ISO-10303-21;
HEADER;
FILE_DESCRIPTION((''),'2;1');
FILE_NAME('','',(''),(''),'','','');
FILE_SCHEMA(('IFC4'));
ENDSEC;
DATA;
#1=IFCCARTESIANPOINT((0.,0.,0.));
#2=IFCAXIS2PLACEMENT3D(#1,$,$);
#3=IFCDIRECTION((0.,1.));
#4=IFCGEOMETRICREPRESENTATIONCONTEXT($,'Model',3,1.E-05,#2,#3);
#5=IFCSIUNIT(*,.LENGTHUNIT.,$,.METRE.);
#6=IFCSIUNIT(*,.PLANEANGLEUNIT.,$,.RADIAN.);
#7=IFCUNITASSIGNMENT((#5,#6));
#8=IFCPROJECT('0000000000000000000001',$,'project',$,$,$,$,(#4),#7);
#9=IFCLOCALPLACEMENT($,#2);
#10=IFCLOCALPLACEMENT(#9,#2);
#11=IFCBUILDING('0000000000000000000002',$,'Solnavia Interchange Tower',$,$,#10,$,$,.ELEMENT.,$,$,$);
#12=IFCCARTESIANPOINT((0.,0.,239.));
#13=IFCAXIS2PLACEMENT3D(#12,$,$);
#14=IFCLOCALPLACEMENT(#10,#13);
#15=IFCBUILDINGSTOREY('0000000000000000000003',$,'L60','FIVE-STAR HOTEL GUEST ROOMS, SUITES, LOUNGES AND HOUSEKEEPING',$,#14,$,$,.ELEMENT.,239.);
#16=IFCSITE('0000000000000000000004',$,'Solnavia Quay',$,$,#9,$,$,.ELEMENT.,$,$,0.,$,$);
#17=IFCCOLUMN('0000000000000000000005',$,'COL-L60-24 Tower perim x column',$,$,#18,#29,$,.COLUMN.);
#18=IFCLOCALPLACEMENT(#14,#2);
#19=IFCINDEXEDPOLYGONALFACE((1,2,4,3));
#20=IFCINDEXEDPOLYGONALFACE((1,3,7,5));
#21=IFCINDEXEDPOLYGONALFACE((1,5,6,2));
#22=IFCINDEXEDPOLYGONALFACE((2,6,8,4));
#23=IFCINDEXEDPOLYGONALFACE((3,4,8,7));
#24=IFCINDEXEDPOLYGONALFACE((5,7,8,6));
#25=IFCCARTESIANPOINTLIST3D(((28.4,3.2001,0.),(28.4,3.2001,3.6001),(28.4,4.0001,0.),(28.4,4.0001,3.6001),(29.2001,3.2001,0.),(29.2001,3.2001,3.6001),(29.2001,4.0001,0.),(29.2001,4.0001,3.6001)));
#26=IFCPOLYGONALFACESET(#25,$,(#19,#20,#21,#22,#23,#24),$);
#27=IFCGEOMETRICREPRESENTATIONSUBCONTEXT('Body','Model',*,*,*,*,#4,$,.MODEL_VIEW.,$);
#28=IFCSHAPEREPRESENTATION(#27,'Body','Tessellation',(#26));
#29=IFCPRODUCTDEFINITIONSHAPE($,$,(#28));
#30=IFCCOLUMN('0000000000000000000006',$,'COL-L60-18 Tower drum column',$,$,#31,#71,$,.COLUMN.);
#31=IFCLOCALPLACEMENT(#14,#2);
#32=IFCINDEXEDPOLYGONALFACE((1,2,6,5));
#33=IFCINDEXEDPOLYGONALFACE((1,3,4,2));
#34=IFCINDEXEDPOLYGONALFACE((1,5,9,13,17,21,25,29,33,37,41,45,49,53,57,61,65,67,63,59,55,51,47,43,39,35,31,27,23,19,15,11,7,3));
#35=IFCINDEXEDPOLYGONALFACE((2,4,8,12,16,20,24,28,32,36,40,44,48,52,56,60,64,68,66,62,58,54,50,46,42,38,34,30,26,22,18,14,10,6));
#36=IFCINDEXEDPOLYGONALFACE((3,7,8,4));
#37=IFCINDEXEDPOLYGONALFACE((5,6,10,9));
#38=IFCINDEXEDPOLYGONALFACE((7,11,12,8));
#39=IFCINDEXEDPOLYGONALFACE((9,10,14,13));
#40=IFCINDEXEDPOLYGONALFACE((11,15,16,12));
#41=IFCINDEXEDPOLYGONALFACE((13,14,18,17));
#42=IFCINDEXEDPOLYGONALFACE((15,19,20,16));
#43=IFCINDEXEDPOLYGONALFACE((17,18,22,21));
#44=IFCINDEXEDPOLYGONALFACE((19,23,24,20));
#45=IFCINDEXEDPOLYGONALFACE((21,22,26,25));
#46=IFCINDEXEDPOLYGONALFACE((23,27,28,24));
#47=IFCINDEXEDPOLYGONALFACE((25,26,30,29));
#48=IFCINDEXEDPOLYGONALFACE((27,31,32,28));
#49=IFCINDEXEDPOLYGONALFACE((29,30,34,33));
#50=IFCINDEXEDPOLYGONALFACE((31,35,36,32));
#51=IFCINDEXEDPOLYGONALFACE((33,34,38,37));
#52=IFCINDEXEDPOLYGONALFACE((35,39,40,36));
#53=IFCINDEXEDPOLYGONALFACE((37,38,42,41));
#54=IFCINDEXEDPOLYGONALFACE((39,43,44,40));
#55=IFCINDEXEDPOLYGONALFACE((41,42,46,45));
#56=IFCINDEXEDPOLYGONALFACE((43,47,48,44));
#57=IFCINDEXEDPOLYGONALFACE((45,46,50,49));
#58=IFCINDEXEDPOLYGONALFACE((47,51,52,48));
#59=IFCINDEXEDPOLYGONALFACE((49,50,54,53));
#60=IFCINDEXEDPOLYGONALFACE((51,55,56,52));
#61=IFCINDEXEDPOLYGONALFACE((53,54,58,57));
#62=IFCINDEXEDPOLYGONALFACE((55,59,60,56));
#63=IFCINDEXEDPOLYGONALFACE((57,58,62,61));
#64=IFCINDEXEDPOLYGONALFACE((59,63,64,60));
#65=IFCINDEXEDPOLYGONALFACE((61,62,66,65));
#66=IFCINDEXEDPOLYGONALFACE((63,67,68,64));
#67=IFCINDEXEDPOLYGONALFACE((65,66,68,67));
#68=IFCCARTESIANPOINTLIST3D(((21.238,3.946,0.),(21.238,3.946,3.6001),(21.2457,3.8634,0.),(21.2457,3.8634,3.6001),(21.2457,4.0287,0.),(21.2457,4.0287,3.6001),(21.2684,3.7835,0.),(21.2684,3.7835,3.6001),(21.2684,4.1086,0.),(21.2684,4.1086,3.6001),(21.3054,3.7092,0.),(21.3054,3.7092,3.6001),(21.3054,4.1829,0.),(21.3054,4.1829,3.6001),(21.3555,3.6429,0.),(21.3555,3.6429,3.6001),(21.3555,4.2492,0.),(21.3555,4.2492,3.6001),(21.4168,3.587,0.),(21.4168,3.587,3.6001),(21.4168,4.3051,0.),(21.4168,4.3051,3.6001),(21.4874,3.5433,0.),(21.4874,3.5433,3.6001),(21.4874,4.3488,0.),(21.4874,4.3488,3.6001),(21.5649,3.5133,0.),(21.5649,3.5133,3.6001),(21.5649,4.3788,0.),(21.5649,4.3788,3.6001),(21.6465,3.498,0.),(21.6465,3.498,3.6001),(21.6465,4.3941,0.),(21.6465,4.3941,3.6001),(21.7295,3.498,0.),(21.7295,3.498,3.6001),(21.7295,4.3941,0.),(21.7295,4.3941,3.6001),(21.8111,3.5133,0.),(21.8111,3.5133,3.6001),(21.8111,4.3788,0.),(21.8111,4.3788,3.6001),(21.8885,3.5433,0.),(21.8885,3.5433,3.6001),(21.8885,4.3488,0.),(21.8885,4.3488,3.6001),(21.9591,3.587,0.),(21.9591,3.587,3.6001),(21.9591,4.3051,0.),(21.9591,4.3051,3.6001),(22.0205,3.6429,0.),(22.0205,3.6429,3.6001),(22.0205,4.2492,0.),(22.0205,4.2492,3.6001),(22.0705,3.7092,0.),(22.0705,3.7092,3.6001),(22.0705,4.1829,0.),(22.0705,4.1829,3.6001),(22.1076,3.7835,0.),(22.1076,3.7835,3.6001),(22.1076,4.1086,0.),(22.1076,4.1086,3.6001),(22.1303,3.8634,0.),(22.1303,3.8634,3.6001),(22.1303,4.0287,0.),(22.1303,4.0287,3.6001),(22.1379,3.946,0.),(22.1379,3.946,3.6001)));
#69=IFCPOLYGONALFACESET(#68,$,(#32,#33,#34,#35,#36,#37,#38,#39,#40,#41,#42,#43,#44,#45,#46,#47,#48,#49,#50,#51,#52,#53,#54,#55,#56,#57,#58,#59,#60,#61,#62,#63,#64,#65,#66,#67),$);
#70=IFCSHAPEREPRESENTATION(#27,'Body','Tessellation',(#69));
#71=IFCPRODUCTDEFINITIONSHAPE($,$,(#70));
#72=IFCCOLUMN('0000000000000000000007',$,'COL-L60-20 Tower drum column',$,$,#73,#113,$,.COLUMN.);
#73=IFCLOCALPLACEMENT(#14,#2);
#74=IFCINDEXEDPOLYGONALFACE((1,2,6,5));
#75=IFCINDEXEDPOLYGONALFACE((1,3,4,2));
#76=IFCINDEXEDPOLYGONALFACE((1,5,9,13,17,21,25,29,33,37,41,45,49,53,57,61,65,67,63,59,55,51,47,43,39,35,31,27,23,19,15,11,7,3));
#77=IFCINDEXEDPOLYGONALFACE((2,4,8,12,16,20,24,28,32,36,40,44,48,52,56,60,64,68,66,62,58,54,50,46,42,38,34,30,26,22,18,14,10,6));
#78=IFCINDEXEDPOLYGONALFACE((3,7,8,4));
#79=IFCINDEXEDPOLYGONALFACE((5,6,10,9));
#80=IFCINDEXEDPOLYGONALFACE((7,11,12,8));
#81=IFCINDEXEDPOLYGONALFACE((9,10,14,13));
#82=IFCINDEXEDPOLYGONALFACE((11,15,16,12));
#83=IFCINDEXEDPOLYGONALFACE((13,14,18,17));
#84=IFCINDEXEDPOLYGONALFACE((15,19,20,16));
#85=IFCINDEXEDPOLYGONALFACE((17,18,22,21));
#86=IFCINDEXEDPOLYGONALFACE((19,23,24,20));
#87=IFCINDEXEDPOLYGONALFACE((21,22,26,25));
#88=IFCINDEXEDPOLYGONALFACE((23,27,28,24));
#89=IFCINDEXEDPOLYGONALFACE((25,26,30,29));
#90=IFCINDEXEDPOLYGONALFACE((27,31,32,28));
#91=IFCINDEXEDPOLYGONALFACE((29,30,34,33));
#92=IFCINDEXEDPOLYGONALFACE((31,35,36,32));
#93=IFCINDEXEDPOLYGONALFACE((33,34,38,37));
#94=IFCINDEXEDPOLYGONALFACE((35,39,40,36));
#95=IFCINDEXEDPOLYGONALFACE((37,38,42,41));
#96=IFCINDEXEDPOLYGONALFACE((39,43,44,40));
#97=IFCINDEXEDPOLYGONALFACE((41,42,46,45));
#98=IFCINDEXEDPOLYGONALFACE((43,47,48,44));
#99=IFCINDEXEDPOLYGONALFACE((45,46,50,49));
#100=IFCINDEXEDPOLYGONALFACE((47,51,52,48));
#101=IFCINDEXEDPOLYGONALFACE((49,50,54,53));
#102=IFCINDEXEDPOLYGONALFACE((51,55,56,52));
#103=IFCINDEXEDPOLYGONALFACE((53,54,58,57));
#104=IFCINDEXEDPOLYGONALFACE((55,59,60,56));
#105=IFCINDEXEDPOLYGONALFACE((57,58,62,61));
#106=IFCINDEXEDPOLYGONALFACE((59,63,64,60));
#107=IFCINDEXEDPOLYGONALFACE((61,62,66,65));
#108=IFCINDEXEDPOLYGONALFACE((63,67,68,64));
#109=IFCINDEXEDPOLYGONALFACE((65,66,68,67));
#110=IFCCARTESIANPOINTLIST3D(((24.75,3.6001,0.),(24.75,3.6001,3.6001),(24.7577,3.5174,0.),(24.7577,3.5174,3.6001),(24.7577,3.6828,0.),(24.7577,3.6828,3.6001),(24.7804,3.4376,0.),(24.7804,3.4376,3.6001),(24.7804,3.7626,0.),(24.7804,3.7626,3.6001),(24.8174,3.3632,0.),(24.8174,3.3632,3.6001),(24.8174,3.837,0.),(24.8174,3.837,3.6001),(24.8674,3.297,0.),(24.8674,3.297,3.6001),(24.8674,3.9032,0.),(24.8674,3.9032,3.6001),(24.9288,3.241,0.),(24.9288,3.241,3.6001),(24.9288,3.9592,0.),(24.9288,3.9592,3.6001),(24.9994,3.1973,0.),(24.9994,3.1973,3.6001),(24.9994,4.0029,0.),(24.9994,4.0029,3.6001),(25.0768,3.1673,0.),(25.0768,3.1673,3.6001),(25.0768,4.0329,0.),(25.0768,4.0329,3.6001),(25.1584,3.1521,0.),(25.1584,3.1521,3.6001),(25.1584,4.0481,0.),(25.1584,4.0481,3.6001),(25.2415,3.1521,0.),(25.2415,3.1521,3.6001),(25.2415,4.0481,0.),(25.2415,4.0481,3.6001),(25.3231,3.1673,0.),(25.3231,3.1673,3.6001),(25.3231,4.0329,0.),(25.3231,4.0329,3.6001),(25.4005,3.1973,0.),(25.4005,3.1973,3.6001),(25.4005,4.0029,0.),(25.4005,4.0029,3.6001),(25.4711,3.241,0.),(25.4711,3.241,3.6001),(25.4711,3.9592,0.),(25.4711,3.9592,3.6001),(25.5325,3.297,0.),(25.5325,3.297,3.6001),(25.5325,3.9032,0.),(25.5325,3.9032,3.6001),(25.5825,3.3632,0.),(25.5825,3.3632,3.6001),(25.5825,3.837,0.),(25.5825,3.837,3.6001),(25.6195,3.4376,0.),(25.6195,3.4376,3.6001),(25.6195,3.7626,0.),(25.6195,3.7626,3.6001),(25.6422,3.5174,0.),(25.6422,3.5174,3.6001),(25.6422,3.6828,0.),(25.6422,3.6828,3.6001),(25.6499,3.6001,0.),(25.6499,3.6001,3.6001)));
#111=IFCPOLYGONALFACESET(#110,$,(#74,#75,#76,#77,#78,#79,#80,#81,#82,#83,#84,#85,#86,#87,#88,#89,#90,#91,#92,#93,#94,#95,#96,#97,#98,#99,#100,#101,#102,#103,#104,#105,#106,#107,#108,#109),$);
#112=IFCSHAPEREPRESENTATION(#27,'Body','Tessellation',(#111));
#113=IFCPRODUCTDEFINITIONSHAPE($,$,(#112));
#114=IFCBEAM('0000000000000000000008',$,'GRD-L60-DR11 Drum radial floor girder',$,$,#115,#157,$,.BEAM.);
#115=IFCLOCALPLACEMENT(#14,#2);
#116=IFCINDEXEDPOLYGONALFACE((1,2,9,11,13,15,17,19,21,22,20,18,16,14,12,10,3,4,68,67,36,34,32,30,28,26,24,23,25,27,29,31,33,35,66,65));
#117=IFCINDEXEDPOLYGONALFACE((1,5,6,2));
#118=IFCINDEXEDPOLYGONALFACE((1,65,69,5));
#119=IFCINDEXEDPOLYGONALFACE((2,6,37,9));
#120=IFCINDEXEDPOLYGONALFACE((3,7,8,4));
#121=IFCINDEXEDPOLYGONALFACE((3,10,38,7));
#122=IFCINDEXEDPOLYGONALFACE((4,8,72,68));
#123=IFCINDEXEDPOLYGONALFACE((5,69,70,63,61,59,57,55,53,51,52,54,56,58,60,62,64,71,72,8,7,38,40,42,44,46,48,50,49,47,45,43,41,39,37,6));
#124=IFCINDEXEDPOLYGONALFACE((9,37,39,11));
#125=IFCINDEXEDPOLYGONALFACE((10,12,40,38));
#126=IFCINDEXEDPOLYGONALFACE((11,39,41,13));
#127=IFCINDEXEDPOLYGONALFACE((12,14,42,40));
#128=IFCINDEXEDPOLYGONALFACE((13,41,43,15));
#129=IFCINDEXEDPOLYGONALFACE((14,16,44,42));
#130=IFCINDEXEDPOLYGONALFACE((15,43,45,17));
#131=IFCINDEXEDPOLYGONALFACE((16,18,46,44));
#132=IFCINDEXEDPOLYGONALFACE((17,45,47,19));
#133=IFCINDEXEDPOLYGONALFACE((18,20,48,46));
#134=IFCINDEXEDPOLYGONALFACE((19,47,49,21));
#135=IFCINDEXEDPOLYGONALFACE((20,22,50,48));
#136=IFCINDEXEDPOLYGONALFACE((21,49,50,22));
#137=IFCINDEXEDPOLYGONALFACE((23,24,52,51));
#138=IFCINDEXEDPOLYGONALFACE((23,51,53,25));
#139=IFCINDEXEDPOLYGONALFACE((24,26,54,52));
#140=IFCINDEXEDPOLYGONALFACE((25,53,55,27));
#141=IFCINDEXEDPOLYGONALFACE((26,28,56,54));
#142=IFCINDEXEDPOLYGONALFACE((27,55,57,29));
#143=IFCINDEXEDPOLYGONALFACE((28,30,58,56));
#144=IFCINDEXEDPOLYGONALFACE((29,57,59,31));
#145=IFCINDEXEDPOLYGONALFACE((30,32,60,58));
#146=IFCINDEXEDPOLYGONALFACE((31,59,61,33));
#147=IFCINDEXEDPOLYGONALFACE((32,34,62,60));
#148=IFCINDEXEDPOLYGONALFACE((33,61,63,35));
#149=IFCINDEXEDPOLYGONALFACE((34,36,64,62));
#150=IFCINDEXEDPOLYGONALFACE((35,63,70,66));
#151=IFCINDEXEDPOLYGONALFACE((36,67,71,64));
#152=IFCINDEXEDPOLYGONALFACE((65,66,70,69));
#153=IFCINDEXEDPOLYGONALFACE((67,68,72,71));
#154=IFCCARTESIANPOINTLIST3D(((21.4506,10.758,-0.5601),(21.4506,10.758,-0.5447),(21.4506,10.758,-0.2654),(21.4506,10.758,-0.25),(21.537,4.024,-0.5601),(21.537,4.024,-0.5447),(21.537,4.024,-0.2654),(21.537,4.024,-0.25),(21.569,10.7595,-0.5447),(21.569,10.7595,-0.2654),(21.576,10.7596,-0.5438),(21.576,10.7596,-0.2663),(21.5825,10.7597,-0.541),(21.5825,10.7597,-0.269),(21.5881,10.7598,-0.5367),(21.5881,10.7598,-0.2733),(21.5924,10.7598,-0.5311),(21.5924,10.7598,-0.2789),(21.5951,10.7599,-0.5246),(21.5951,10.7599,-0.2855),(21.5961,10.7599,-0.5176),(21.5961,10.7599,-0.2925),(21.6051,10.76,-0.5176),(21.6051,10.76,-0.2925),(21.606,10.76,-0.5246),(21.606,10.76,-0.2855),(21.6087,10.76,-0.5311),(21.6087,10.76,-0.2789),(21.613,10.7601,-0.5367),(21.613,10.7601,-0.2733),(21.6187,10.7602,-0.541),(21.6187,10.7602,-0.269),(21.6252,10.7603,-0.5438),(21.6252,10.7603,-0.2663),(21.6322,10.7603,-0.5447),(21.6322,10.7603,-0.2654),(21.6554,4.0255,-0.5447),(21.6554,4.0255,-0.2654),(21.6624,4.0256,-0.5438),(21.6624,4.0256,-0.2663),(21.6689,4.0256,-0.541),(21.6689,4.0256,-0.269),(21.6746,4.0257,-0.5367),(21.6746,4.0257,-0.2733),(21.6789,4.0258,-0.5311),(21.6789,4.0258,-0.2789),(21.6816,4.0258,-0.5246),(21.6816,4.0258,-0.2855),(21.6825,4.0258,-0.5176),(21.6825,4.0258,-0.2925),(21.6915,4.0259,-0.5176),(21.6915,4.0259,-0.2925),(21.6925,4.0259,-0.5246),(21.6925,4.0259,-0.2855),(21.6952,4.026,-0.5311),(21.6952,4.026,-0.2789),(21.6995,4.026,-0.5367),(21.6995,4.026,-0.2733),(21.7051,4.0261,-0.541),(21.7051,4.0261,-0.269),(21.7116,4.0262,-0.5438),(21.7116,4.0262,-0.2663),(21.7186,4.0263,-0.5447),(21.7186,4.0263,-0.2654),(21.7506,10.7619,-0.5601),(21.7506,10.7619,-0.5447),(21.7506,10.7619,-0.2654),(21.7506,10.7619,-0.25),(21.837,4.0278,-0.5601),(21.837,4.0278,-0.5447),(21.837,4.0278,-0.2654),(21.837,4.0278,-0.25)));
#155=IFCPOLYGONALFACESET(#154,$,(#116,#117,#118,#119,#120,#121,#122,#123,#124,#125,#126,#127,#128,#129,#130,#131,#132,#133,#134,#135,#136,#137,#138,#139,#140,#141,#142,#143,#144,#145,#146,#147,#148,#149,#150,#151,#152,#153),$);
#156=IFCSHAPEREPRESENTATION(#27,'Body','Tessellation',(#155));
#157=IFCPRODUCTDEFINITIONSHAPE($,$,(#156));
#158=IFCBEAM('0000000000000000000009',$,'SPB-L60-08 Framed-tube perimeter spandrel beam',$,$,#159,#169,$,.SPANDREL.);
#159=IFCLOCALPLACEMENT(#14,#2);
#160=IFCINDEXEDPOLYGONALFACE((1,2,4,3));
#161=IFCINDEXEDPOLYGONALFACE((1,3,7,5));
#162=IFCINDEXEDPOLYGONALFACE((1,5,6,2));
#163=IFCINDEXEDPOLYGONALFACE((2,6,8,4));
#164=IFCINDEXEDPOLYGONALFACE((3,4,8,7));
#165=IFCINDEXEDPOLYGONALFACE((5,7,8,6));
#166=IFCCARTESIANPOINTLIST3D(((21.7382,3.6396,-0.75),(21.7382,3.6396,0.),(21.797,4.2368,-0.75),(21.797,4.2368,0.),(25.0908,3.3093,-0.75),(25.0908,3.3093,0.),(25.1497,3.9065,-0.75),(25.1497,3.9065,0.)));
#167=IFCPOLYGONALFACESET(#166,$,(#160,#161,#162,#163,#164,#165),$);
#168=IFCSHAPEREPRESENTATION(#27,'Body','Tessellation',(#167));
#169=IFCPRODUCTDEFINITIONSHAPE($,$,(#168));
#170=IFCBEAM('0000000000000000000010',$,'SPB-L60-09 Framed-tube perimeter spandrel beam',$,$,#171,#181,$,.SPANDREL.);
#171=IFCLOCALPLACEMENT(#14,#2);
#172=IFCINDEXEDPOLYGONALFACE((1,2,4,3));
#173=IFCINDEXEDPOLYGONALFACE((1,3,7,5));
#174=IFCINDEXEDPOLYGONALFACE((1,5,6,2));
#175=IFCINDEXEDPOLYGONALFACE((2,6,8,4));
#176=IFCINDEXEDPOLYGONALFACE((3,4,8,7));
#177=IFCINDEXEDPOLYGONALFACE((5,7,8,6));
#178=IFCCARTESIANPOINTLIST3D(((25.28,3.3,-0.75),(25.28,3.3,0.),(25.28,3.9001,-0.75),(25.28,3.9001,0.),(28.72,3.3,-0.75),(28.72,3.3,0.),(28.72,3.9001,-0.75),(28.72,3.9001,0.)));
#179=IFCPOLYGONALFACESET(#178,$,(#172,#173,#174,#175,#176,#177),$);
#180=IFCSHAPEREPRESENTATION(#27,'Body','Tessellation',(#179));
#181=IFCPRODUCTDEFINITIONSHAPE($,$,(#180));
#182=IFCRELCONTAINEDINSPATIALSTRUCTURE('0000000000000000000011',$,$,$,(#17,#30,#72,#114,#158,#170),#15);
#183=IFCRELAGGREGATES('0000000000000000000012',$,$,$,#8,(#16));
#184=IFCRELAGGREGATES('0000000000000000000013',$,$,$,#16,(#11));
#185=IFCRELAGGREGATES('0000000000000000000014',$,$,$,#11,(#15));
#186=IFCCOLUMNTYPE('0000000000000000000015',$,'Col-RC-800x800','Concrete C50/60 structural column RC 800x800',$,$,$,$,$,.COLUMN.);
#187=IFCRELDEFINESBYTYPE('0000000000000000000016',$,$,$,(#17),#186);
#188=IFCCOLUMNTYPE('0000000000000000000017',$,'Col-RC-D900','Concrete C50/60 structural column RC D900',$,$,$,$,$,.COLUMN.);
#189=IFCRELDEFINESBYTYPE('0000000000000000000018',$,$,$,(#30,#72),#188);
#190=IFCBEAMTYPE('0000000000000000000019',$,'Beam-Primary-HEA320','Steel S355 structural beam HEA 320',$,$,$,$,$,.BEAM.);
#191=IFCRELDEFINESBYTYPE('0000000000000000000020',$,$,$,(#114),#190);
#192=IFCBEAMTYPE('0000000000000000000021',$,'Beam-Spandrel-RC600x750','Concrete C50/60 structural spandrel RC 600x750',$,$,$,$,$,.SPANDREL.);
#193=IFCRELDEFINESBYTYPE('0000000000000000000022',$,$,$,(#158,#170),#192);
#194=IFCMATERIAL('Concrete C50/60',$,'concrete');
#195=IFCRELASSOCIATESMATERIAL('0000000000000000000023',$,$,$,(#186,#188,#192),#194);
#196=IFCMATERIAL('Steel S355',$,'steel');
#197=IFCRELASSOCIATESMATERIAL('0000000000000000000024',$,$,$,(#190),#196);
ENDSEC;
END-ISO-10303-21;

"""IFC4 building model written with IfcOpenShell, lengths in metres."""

from ifc_helpers import new_model, si_unit, direction, frame, origin, origin_2d, place, context, subcontext, project, spatial, rectangle, circle, i_section, extrude, material, material_profile, profile_set, type_object, element, save


model = new_model("IFC4")

# Units and contexts
model_context = context("Model", 3, precision=1e-05, world=origin(), true_north=direction((0.0, 1.0)))
body_context = subcontext(model_context, "Body", "Model", "MODEL_VIEW")
ifc_project = project(units=[si_unit("LENGTHUNIT", "METRE"), si_unit("PLANEANGLEUNIT", "RADIAN")], contexts=[model_context])

# Site, building, storey
site_placement = place(None, origin())
site = spatial("IfcSite", under=ifc_project, at=site_placement, Name="Solnavia Quay", CompositionType="ELEMENT", RefElevation=0.0)
building_placement = place(site_placement, origin())
building = spatial("IfcBuilding", under=site, at=building_placement, Name="Solnavia Interchange Tower", CompositionType="ELEMENT")
storey_placement = place(building_placement, frame((0.0, 0.0, 239.0)))
storey = spatial("IfcBuildingStorey", under=building, at=storey_placement, Name="L60", Description="FIVE-STAR HOTEL GUEST ROOMS, SUITES, LOUNGES AND HOUSEKEEPING", CompositionType="ELEMENT", Elevation=239.0)

# Columns
ifc_material_1 = material(Name="Concrete C50/60", Category="concrete")
ifc_material_profile_1 = material_profile(ifc_material_1, rectangle(XDim=0.8, YDim=0.8, at=origin_2d()), Name="RC 800x800")
ifc_profile_set_1 = profile_set([ifc_material_profile_1], Name="Concrete C50/60")
column_type_1 = type_object("IfcColumnType", Name="Col-RC-800x800", Description="Concrete C50/60 structural column RC 800x800", PredefinedType="COLUMN", material=ifc_profile_set_1)
column_placement = place(storey_placement, frame((28.8, 3.6001, 0.0), z_axis=(0.0, 0.0, 1.0), x_axis=(1.0, 0.0, 0.0)))
element("IfcColumn", 1, at=column_placement, inside=storey, type_object=column_type_1, Name="COL-L60-24 Tower perim x column", PredefinedType="COLUMN", context=body_context, shape_type="SweptSolid", body=[
    extrude(rectangle(XDim=0.8, YDim=0.8, at=origin_2d()), origin(), (0.0, 0.0, 1.0), 3.6001),
])
ifc_material_profile_2 = material_profile(ifc_material_1, circle(Radius=0.45, at=origin_2d()), Name="RC D900")
ifc_profile_set_2 = profile_set([ifc_material_profile_2], Name="Concrete C50/60")
column_type_2 = type_object("IfcColumnType", Name="Col-RC-D900", Description="Concrete C50/60 structural column RC D900", PredefinedType="COLUMN", material=ifc_profile_set_2)
for number, where, z_axis, x_axis, name in (
    (2, (21.688, 3.946, 0.0), (0.0, 0.0, 1.0), (1.0, 0.0, 0.0), "COL-L60-18 Tower drum column"),
    (3, (25.2, 3.6001, 0.0), (0.0, 0.0, 1.0), (1.0, 0.0, 0.0), "COL-L60-20 Tower drum column"),
):
    element("IfcColumn", number, at=place(storey_placement, frame(where, z_axis=z_axis, x_axis=x_axis)), inside=storey, type_object=column_type_2, Name=name, PredefinedType="COLUMN", context=body_context, shape_type="SweptSolid", body=[
        extrude(circle(Radius=0.45, at=origin_2d()), origin(), (0.0, 0.0, 1.0), 3.6001),
    ])

# Beams
ifc_material_2 = material(Name="Steel S355", Category="steel")
ifc_material_profile_3 = material_profile(ifc_material_2, i_section(OverallWidth=0.3, OverallDepth=0.3101, WebThickness=0.009, FlangeThickness=0.0154, FilletRadius=0.0271, at=origin_2d()), Name="HEA 320")
ifc_profile_set_3 = profile_set([ifc_material_profile_3], Name="Steel S355")
beam_type_1 = type_object("IfcBeamType", Name="Beam-Primary-HEA320", Description="Steel S355 structural beam HEA 320", PredefinedType="BEAM", material=ifc_profile_set_3)
beam_1_placement = place(storey_placement, frame((21.687, 4.0259, -0.405), z_axis=(-0.012833, 0.999918, 0.0), x_axis=(-0.999918, -0.012833, 0.0)))
element("IfcBeam", 4, at=beam_1_placement, inside=storey, type_object=beam_type_1, Name="GRD-L60-DR11 Drum radial floor girder", PredefinedType="BEAM", context=body_context, shape_type="SweptSolid", body=[
    extrude(i_section(OverallWidth=0.3, OverallDepth=0.3101, WebThickness=0.009, FlangeThickness=0.0154, FilletRadius=0.0271, at=origin_2d()), origin(), (0.0, 0.0, 1.0), 6.7346),
])
ifc_material_profile_4 = material_profile(ifc_material_1, rectangle(XDim=0.6001, YDim=0.75, at=origin_2d()), Name="RC 600x750")
ifc_profile_set_4 = profile_set([ifc_material_profile_4], Name="Concrete C50/60")
beam_type_2 = type_object("IfcBeamType", Name="Beam-Spandrel-RC600x750", Description="Concrete C50/60 structural spandrel RC 600x750", PredefinedType="SPANDREL", material=ifc_profile_set_4)
beam_2_placement = place(storey_placement, frame((21.7676, 3.9382, -0.375), z_axis=(0.995182, -0.098047, 0.0), x_axis=(0.098047, 0.995182, 0.0)))
element("IfcBeam", 5, at=beam_2_placement, inside=storey, type_object=beam_type_2, Name="SPB-L60-08 Framed-tube perimeter spandrel beam", PredefinedType="SPANDREL", context=body_context, shape_type="SweptSolid", body=[
    extrude(rectangle(XDim=0.6001, YDim=0.75, at=origin_2d()), origin(), (0.0, 0.0, 1.0), 3.3689),
])
beam_3_placement = place(storey_placement, frame((25.28, 3.6001, -0.375), z_axis=(1.0, 0.0, 0.0), x_axis=(0.0, 1.0, 0.0)))
element("IfcBeam", 6, at=beam_3_placement, inside=storey, type_object=beam_type_2, Name="SPB-L60-09 Framed-tube perimeter spandrel beam", PredefinedType="SPANDREL", context=body_context, shape_type="SweptSolid", body=[
    extrude(rectangle(XDim=0.6001, YDim=0.75, at=origin_2d()), origin(), (0.0, 0.0, 1.0), 3.4399),
])

save(model, "model.ifc")
